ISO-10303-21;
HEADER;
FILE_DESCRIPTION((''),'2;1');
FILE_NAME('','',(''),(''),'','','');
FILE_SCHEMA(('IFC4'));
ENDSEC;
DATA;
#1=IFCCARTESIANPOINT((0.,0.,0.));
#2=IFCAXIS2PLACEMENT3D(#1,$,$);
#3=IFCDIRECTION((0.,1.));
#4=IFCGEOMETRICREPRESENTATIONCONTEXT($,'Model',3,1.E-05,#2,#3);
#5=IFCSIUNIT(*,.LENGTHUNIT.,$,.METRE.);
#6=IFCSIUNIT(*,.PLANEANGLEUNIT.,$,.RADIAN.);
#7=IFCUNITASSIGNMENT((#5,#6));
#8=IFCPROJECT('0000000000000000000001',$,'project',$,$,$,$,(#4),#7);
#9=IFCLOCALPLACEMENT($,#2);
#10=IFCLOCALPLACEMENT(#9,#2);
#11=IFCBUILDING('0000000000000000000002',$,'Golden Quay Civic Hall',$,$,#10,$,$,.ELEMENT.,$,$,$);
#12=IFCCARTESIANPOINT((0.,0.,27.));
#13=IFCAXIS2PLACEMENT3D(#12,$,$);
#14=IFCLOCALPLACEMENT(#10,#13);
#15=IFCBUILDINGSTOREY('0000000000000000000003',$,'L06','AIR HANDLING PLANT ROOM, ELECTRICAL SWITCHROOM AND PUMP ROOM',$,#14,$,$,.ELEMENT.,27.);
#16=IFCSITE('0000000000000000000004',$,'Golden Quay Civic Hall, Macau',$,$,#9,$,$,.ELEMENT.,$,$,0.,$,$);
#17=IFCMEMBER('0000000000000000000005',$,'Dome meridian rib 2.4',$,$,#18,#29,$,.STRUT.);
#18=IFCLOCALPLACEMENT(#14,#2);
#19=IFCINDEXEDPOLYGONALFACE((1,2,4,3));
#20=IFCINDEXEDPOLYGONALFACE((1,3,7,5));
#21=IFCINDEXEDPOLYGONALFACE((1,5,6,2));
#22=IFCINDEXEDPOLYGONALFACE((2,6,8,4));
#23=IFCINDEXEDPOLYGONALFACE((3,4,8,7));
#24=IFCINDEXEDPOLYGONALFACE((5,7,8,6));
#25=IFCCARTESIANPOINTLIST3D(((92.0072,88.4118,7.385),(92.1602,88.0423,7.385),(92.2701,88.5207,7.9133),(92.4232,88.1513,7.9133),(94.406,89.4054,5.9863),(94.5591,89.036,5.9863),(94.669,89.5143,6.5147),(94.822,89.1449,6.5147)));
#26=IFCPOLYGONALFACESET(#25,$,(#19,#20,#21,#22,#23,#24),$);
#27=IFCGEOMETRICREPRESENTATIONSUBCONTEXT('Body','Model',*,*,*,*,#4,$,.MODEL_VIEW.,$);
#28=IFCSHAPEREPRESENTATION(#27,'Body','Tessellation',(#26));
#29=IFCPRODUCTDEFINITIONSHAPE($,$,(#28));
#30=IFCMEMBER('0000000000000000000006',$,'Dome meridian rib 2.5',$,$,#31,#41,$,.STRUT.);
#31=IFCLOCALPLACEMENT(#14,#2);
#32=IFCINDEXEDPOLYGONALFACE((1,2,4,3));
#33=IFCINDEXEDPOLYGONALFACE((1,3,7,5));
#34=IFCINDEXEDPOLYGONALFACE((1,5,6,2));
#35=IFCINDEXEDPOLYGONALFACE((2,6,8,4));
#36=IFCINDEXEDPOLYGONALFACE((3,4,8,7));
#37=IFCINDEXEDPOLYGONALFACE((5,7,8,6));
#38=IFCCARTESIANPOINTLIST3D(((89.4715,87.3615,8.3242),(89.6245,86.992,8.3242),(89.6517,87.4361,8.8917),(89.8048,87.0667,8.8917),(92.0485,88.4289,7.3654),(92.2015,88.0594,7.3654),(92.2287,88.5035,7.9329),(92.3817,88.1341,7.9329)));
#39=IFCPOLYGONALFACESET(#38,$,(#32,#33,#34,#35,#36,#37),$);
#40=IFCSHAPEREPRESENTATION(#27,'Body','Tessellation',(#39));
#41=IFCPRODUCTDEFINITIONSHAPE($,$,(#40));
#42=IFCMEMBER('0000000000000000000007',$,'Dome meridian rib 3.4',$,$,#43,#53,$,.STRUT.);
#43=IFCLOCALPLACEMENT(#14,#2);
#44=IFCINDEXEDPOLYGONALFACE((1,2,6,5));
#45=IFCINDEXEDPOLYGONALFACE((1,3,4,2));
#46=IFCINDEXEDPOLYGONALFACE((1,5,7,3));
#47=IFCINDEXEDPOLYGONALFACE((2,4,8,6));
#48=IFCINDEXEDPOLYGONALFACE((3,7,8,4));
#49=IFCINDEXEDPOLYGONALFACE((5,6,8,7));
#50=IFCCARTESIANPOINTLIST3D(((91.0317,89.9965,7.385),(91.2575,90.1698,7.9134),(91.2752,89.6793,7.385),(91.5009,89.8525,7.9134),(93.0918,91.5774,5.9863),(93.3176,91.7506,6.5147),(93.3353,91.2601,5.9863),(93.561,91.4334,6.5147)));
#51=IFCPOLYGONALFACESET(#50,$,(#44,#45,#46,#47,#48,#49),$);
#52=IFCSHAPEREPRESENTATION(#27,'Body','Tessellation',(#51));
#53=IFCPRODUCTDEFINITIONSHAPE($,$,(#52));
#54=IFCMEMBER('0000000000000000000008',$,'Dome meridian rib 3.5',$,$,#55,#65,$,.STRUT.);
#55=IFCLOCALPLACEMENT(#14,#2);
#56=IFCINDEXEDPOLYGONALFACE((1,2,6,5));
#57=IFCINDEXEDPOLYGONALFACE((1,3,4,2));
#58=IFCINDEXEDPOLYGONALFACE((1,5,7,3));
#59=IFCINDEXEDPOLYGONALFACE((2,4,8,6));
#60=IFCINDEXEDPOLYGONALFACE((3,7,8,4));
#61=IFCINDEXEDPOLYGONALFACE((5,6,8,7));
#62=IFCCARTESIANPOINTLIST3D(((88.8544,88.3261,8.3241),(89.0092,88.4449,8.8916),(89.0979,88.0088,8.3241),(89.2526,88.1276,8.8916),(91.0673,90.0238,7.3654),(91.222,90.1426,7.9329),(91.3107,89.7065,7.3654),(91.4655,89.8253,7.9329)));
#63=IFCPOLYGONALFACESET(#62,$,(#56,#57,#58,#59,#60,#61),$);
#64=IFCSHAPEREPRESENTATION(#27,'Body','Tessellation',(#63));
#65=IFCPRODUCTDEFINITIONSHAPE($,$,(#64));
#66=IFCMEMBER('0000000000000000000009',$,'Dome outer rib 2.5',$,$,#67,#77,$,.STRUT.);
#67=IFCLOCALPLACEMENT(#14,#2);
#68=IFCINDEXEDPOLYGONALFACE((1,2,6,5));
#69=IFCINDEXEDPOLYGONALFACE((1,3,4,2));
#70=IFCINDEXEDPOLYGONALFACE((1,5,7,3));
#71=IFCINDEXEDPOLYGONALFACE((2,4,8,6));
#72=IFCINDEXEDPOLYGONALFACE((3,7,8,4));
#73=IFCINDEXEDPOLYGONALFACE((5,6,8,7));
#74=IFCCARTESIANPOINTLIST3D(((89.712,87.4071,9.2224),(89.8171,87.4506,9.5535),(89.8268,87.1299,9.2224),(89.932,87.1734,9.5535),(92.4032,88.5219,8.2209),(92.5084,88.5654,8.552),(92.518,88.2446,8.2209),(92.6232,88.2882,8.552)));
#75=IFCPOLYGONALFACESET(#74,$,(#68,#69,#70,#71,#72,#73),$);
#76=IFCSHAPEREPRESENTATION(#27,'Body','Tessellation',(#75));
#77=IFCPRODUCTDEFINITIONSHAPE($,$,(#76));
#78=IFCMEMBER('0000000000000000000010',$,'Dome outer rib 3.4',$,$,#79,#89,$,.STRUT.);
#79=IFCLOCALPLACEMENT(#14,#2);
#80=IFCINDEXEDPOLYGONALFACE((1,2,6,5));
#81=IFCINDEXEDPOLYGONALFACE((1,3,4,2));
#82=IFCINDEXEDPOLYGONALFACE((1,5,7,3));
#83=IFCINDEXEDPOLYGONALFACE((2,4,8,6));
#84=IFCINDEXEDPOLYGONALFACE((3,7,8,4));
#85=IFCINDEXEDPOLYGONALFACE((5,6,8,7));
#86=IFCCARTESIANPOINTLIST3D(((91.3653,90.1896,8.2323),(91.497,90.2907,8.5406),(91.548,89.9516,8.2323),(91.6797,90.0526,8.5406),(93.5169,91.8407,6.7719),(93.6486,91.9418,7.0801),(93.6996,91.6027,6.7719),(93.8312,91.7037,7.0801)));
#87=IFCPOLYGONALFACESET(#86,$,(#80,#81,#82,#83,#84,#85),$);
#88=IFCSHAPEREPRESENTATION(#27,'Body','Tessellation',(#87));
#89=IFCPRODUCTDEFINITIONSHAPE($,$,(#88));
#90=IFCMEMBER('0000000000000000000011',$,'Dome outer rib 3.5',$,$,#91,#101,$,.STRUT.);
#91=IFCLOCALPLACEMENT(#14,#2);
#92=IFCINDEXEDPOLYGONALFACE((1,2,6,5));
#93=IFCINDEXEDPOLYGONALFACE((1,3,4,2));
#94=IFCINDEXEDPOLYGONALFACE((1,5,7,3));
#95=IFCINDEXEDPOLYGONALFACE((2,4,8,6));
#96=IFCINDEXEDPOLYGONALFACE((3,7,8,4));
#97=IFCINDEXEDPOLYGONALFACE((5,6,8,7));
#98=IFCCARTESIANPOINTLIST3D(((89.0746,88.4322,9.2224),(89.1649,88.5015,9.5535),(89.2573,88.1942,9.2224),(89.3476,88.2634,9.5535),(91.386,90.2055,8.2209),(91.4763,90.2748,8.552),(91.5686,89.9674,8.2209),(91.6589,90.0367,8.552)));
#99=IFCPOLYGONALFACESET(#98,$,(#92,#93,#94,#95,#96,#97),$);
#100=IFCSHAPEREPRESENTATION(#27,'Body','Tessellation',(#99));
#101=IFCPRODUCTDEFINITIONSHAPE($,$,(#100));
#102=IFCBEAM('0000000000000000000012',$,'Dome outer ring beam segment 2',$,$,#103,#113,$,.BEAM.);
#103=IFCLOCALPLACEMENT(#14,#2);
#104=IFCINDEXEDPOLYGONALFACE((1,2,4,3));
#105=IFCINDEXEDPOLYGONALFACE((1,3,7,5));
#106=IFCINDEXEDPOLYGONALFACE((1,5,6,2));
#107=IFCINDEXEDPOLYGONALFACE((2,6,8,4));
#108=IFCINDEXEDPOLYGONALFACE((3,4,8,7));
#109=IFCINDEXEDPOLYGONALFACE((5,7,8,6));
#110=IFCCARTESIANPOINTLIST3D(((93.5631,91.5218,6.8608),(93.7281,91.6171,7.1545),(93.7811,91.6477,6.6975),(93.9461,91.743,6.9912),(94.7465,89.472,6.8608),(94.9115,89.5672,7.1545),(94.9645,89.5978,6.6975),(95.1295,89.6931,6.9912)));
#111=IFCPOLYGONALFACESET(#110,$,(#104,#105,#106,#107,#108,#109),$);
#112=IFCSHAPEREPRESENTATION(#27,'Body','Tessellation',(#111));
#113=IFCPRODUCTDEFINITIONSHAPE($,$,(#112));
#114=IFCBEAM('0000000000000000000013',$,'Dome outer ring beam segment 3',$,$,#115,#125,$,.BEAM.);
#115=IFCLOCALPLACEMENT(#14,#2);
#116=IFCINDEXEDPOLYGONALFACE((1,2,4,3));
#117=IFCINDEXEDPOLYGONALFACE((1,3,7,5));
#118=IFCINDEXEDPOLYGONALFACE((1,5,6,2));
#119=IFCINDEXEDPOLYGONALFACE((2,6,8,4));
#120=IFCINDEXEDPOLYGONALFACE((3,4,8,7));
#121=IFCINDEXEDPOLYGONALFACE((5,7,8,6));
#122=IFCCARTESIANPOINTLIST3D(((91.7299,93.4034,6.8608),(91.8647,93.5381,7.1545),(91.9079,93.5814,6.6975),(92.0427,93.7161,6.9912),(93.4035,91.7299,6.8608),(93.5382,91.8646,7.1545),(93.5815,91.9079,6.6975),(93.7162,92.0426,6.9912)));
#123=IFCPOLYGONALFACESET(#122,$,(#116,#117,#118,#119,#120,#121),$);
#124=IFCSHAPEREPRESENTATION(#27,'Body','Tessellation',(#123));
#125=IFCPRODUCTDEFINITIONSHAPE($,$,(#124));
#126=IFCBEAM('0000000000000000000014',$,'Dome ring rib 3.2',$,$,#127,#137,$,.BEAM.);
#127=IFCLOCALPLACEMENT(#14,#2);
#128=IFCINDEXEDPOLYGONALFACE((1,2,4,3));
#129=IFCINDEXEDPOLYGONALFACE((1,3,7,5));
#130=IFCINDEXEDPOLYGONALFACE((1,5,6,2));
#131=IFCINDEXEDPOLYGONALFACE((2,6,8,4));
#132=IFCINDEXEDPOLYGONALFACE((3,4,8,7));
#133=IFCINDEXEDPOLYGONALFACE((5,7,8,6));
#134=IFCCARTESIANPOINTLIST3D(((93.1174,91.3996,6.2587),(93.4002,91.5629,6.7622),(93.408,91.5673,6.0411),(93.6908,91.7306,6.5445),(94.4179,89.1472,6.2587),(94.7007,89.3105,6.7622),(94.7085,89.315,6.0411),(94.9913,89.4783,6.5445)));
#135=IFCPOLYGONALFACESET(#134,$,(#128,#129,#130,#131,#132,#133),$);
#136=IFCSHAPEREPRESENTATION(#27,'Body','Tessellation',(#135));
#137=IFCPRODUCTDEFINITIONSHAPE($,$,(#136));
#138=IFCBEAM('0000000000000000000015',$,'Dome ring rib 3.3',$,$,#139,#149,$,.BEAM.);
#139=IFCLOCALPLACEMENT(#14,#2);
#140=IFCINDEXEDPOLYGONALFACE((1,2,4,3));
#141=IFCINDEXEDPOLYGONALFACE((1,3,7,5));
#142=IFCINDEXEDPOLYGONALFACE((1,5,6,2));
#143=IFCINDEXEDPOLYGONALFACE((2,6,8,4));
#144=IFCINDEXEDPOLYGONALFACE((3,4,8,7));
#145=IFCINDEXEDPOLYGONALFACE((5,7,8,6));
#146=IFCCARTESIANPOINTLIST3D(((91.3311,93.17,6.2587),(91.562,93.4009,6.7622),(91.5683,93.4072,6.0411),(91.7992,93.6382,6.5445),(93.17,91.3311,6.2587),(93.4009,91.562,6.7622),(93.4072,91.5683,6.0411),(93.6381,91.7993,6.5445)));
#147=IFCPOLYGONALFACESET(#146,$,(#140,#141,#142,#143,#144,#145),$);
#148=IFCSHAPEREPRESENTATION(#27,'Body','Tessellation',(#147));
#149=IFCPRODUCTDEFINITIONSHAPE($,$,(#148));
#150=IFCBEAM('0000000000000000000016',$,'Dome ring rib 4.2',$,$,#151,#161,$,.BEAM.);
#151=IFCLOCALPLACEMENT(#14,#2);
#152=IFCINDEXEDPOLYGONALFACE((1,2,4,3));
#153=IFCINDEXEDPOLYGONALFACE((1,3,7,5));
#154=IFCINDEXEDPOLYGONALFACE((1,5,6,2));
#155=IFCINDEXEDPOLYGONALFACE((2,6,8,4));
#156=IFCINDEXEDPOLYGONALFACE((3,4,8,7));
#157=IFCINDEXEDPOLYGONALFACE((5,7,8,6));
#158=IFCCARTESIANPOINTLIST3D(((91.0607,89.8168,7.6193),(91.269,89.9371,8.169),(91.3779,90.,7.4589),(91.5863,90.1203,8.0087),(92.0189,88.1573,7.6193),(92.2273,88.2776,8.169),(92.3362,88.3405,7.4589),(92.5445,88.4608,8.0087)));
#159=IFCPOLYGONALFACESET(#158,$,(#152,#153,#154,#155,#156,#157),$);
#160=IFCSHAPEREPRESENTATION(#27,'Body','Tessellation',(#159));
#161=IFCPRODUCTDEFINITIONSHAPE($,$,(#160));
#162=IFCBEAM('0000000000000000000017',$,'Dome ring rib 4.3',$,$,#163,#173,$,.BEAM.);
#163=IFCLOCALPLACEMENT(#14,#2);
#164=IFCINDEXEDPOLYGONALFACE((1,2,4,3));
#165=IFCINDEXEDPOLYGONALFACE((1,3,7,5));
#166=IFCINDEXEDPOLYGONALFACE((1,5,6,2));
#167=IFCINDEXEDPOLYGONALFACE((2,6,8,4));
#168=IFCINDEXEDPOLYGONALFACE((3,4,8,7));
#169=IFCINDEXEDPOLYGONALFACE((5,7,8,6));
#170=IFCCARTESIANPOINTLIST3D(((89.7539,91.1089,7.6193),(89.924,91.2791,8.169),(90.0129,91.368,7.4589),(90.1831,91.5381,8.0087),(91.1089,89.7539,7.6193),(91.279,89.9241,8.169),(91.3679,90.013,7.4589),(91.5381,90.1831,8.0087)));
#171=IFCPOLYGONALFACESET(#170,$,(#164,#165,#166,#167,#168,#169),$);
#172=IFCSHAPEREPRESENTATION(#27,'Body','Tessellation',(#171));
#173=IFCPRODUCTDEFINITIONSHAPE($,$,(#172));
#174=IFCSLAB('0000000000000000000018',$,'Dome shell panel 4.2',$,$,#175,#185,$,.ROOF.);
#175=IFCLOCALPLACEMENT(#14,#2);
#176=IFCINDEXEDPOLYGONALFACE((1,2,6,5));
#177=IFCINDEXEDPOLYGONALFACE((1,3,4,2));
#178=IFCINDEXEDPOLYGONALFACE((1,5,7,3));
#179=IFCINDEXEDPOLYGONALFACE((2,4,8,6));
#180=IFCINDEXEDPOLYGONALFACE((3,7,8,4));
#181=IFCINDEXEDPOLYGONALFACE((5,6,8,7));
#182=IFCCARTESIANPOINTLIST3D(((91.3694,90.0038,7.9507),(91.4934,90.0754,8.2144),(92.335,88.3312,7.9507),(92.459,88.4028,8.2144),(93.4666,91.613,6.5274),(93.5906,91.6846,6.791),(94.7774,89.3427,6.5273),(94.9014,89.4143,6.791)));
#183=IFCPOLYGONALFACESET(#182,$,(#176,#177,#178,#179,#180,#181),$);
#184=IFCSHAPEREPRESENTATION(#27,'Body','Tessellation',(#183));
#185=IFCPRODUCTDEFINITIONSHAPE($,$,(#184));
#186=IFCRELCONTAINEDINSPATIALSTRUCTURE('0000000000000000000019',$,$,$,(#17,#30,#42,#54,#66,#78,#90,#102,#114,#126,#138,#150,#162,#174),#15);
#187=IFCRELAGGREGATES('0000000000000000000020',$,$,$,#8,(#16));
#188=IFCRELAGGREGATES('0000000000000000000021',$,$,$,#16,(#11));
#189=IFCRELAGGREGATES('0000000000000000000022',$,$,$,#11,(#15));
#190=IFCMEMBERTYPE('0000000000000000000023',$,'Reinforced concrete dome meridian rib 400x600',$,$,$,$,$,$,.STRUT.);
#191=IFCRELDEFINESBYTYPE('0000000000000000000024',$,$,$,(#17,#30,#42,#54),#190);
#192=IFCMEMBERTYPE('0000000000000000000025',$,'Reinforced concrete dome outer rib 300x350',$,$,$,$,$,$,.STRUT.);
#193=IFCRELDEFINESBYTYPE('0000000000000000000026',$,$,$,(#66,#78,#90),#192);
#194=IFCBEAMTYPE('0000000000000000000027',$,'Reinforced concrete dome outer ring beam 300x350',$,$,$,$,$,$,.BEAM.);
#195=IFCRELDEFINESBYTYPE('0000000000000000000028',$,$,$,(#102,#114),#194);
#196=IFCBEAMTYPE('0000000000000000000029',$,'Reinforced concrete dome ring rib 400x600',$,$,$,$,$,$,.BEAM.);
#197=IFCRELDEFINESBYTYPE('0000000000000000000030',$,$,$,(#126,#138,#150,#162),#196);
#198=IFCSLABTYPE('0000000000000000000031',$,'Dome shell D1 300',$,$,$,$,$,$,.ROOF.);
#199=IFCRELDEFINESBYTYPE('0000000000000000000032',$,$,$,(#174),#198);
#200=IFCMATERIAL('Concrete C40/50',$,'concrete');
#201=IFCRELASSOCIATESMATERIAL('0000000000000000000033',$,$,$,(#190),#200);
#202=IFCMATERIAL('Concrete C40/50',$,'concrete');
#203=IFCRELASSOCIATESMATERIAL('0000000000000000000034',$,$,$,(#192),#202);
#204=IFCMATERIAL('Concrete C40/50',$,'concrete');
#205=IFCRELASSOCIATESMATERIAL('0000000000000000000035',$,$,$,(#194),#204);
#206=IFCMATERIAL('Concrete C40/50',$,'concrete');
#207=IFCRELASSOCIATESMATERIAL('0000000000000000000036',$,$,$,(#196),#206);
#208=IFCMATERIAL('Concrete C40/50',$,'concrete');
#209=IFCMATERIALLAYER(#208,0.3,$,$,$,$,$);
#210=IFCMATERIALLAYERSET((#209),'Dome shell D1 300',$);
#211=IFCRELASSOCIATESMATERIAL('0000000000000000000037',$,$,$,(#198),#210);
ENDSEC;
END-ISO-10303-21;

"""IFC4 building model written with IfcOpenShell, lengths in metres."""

from ifc_helpers import new_model, si_unit, direction, frame, origin, origin_2d, place, context, subcontext, project, spatial, polyline, rectangle, outline, extrude, material, layer, layer_set, material_profile, profile_set, type_object, element, save


model = new_model("IFC4")

# Units and contexts
model_context = context("Model", 3, precision=1e-05, world=origin(), true_north=direction((0.0, 1.0)))
body_context = subcontext(model_context, "Body", "Model", "MODEL_VIEW")
ifc_project = project(units=[si_unit("LENGTHUNIT", "METRE"), si_unit("PLANEANGLEUNIT", "RADIAN")], contexts=[model_context])

# Site, building, storey
site_placement = place(None, origin())
site = spatial("IfcSite", under=ifc_project, at=site_placement, Name="Golden Quay Civic Hall, Macau", CompositionType="ELEMENT", RefElevation=0.0)
building_placement = place(site_placement, origin())
building = spatial("IfcBuilding", under=site, at=building_placement, Name="Golden Quay Civic Hall", CompositionType="ELEMENT")
storey_placement = place(building_placement, frame((0.0, 0.0, 27.0)))
storey = spatial("IfcBuildingStorey", under=building, at=storey_placement, Name="L06", Description="AIR HANDLING PLANT ROOM, ELECTRICAL SWITCHROOM AND PUMP ROOM", CompositionType="ELEMENT", Elevation=27.0)

# Members
ifc_material_1 = material(Name="Concrete C40/50", Category="concrete")
ifc_material_profile_1 = material_profile(ifc_material_1, rectangle(XDim=0.3999, YDim=0.6001, at=origin_2d()), Name="RC 400x600")
ifc_profile_set_1 = profile_set([ifc_material_profile_1], Name="Concrete C40/50")
member_type_1 = type_object("IfcMemberType", Name="Reinforced concrete dome meridian rib 400x600", PredefinedType="STRUT", material=ifc_profile_set_1)
member_1_placement = place(storey_placement, frame((94.614, 89.2751, 6.2505), z_axis=(-0.813382, -0.336909, 0.474238), x_axis=(0.382678, -0.923882, 0.0)))
element("IfcMember", 1, at=member_1_placement, inside=storey, type_object=member_type_1, Name="Dome meridian rib 2.4", PredefinedType="STRUT", context=body_context, shape_type="SweptSolid", body=[
    extrude(rectangle(XDim=0.3999, YDim=0.6001, at=origin_2d()), origin(), (0.0, 0.0, 1.0), 2.9492),
])
for number, where, z_axis, x_axis, name in (
    (2, (92.2151, 88.2815, 7.6492), (-0.873706, -0.361899, 0.325063), (0.382682, -0.92388, 0.0), "Dome meridian rib 2.5"),
    (3, (93.3264, 91.5054, 6.2505), (-0.698461, -0.535972, 0.474222), (0.608779, -0.79334, 0.0), "Dome meridian rib 3.4"),
):
    element("IfcMember", number, at=place(storey_placement, frame(where, z_axis=z_axis, x_axis=x_axis)), inside=storey, type_object=member_type_1, Name=name, PredefinedType="STRUT", context=body_context, shape_type="SweptSolid", body=[
        extrude(rectangle(XDim=0.3999, YDim=0.6001, at=origin_2d()), origin(), (0.0, 0.0, 1.0), 2.9495),
    ])
member_2_placement = place(storey_placement, frame((91.2664, 89.9246, 7.6492), z_axis=(-0.750308, -0.575644, 0.325073), x_axis=(0.608703, -0.793398, 0.0)))
element("IfcMember", 4, at=member_2_placement, inside=storey, type_object=member_type_1, Name="Dome meridian rib 3.5", PredefinedType="STRUT", context=body_context, shape_type="SweptSolid", body=[
    extrude(rectangle(XDim=0.3999, YDim=0.6001, at=origin_2d()), origin(), (0.0, 0.0, 1.0), 2.9492),
])
ifc_material_2 = material(Name="Concrete C40/50", Category="concrete")
ifc_material_profile_2 = material_profile(ifc_material_2, rectangle(XDim=0.3, YDim=0.3501, at=origin_2d()), Name="RC 300x350")
ifc_profile_set_2 = profile_set([ifc_material_profile_2], Name="Concrete C40/50")
member_type_2 = type_object("IfcMemberType", Name="Reinforced concrete dome outer rib 300x350", PredefinedType="STRUT", material=ifc_profile_set_2)
for number, where, z_axis, x_axis, name in (
    (5, (92.5132, 88.405, 8.3865), (-0.873683, -0.361901, 0.325124), (0.382692, -0.923876, 0.0), "Dome outer rib 2.5"),
    (6, (93.6741, 91.7722, 6.926), (-0.698496, -0.536018, 0.474118), (0.608792, -0.79333, 0.0), "Dome outer rib 3.4"),
):
    element("IfcMember", number, at=place(storey_placement, frame(where, z_axis=z_axis, x_axis=x_axis)), inside=storey, type_object=member_type_2, Name=name, PredefinedType="STRUT", context=body_context, shape_type="SweptSolid", body=[
        extrude(rectangle(XDim=0.3, YDim=0.3501, at=origin_2d()), origin(), (0.0, 0.0, 1.0), 3.0803),
    ])
member_3_placement = place(storey_placement, frame((91.5225, 90.1211, 8.3865), z_axis=(-0.750306, -0.575628, 0.325104), x_axis=(0.608694, -0.793405, 0.0)))
element("IfcMember", 7, at=member_3_placement, inside=storey, type_object=member_type_2, Name="Dome outer rib 3.5", PredefinedType="STRUT", context=body_context, shape_type="SweptSolid", body=[
    extrude(rectangle(XDim=0.3, YDim=0.3501, at=origin_2d()), origin(), (0.0, 0.0, 1.0), 3.0806),
])

# Beams
ifc_material_3 = material(Name="Concrete C40/50", Category="concrete")
ifc_material_profile_3 = material_profile(ifc_material_3, rectangle(XDim=0.3, YDim=0.3501, at=origin_2d()), Name="RC 300x350")
ifc_profile_set_3 = profile_set([ifc_material_profile_3], Name="Concrete C40/50")
beam_type_1 = type_object("IfcBeamType", Name="Reinforced concrete dome outer ring beam 300x350", PredefinedType="BEAM", material=ifc_profile_set_3)
beam_1_placement = place(storey_placement, frame((94.938, 89.5825, 6.926), z_axis=(-0.499967, 0.866045, 0.0), x_axis=(-0.726568, -0.419447, 0.544209)))
element("IfcBeam", 8, at=beam_1_placement, inside=storey, type_object=beam_type_1, Name="Dome outer ring beam segment 2", PredefinedType="BEAM", context=body_context, shape_type="SweptSolid", body=[
    extrude(rectangle(XDim=0.3, YDim=0.3501, at=origin_2d()), origin(), (0.0, 0.0, 1.0), 2.3669),
])
beam_2_placement = place(storey_placement, frame((93.5598, 91.8862, 6.926), z_axis=(-0.707107, 0.707107, 0.0), x_axis=(-0.593227, -0.593227, 0.544209)))
element("IfcBeam", 9, at=beam_2_placement, inside=storey, type_object=beam_type_1, Name="Dome outer ring beam segment 3", PredefinedType="BEAM", context=body_context, shape_type="SweptSolid", body=[
    extrude(rectangle(XDim=0.3, YDim=0.3501, at=origin_2d()), origin(), (0.0, 0.0, 1.0), 2.3667),
])
ifc_material_4 = material(Name="Concrete C40/50", Category="concrete")
ifc_material_profile_4 = material_profile(ifc_material_4, rectangle(XDim=0.3999, YDim=0.6001, at=origin_2d()), Name="RC 400x600")
ifc_profile_set_4 = profile_set([ifc_material_profile_4], Name="Concrete C40/50")
beam_type_2 = type_object("IfcBeamType", Name="Reinforced concrete dome ring rib 400x600", PredefinedType="BEAM", material=ifc_profile_set_4)
beam_3_placement = place(storey_placement, frame((94.7046, 89.3127, 6.4016), z_axis=(-0.500026, 0.866011, 0.0), x_axis=(-0.726539, -0.419497, 0.544209)))
element("IfcBeam", 10, at=beam_3_placement, inside=storey, type_object=beam_type_2, Name="Dome ring rib 3.2", PredefinedType="BEAM", context=body_context, shape_type="SweptSolid", body=[
    extrude(rectangle(XDim=0.3999, YDim=0.6001, at=origin_2d()), origin(), (0.0, 0.0, 1.0), 2.6008),
])
beam_4_placement = place(storey_placement, frame((93.4041, 91.5652, 6.4016), z_axis=(-0.707107, 0.707107, 0.0), x_axis=(-0.593227, -0.593227, 0.544209)))
element("IfcBeam", 11, at=beam_4_placement, inside=storey, type_object=beam_type_2, Name="Dome ring rib 3.3", PredefinedType="BEAM", context=body_context, shape_type="SweptSolid", body=[
    extrude(rectangle(XDim=0.3999, YDim=0.6001, at=origin_2d()), origin(), (0.0, 0.0, 1.0), 2.6006),
])
for number, where, z_axis, x_axis, name in (
    (12, (92.2817, 88.3091, 7.814), (-0.500072, 0.865984, 0.0), (-0.793325, -0.458114, 0.400958), "Dome ring rib 4.2"),
    (13, (91.3235, 89.9685, 7.814), (-0.707107, 0.707107, 0.0), (-0.647778, -0.647778, 0.400958), "Dome ring rib 4.3"),
):
    element("IfcBeam", number, at=place(storey_placement, frame(where, z_axis=z_axis, x_axis=x_axis)), inside=storey, type_object=beam_type_2, Name=name, PredefinedType="BEAM", context=body_context, shape_type="SweptSolid", body=[
        extrude(rectangle(XDim=0.3999, YDim=0.6001, at=origin_2d()), origin(), (0.0, 0.0, 1.0), 1.9163),
    ])

# Slab
ifc_material_5 = material(Name="Concrete C40/50", Category="concrete")
ifc_layer_1 = layer(ifc_material_5, 0.3)
ifc_layer_set_1 = layer_set([ifc_layer_1], Name="Dome shell D1 300")
slab_type = type_object("IfcSlabType", Name="Dome shell D1 300", PredefinedType="ROOF", material=ifc_layer_set_1)
slab_1_placement = place(storey_placement, frame((94.9014, 89.4143, 6.791), z_axis=(0.413311, 0.23862, 0.878769), x_axis=(-0.50001, 0.86602, 0.000011)))
element("IfcSlab", 14, at=slab_1_placement, inside=storey, type_object=slab_type, Name="Dome shell panel 4.2", PredefinedType="ROOF", context=body_context, shape_type="SweptSolid", body=[
    extrude(outline(polyline([(0.0, 0.0), (2.6215, 0.0), (2.2766, 2.9823), (0.3453, 2.9824), (0.0, 0.0)])), origin(), (0.0, 0.0, -1.0), 0.3),
])

save(model, "model.ifc")
